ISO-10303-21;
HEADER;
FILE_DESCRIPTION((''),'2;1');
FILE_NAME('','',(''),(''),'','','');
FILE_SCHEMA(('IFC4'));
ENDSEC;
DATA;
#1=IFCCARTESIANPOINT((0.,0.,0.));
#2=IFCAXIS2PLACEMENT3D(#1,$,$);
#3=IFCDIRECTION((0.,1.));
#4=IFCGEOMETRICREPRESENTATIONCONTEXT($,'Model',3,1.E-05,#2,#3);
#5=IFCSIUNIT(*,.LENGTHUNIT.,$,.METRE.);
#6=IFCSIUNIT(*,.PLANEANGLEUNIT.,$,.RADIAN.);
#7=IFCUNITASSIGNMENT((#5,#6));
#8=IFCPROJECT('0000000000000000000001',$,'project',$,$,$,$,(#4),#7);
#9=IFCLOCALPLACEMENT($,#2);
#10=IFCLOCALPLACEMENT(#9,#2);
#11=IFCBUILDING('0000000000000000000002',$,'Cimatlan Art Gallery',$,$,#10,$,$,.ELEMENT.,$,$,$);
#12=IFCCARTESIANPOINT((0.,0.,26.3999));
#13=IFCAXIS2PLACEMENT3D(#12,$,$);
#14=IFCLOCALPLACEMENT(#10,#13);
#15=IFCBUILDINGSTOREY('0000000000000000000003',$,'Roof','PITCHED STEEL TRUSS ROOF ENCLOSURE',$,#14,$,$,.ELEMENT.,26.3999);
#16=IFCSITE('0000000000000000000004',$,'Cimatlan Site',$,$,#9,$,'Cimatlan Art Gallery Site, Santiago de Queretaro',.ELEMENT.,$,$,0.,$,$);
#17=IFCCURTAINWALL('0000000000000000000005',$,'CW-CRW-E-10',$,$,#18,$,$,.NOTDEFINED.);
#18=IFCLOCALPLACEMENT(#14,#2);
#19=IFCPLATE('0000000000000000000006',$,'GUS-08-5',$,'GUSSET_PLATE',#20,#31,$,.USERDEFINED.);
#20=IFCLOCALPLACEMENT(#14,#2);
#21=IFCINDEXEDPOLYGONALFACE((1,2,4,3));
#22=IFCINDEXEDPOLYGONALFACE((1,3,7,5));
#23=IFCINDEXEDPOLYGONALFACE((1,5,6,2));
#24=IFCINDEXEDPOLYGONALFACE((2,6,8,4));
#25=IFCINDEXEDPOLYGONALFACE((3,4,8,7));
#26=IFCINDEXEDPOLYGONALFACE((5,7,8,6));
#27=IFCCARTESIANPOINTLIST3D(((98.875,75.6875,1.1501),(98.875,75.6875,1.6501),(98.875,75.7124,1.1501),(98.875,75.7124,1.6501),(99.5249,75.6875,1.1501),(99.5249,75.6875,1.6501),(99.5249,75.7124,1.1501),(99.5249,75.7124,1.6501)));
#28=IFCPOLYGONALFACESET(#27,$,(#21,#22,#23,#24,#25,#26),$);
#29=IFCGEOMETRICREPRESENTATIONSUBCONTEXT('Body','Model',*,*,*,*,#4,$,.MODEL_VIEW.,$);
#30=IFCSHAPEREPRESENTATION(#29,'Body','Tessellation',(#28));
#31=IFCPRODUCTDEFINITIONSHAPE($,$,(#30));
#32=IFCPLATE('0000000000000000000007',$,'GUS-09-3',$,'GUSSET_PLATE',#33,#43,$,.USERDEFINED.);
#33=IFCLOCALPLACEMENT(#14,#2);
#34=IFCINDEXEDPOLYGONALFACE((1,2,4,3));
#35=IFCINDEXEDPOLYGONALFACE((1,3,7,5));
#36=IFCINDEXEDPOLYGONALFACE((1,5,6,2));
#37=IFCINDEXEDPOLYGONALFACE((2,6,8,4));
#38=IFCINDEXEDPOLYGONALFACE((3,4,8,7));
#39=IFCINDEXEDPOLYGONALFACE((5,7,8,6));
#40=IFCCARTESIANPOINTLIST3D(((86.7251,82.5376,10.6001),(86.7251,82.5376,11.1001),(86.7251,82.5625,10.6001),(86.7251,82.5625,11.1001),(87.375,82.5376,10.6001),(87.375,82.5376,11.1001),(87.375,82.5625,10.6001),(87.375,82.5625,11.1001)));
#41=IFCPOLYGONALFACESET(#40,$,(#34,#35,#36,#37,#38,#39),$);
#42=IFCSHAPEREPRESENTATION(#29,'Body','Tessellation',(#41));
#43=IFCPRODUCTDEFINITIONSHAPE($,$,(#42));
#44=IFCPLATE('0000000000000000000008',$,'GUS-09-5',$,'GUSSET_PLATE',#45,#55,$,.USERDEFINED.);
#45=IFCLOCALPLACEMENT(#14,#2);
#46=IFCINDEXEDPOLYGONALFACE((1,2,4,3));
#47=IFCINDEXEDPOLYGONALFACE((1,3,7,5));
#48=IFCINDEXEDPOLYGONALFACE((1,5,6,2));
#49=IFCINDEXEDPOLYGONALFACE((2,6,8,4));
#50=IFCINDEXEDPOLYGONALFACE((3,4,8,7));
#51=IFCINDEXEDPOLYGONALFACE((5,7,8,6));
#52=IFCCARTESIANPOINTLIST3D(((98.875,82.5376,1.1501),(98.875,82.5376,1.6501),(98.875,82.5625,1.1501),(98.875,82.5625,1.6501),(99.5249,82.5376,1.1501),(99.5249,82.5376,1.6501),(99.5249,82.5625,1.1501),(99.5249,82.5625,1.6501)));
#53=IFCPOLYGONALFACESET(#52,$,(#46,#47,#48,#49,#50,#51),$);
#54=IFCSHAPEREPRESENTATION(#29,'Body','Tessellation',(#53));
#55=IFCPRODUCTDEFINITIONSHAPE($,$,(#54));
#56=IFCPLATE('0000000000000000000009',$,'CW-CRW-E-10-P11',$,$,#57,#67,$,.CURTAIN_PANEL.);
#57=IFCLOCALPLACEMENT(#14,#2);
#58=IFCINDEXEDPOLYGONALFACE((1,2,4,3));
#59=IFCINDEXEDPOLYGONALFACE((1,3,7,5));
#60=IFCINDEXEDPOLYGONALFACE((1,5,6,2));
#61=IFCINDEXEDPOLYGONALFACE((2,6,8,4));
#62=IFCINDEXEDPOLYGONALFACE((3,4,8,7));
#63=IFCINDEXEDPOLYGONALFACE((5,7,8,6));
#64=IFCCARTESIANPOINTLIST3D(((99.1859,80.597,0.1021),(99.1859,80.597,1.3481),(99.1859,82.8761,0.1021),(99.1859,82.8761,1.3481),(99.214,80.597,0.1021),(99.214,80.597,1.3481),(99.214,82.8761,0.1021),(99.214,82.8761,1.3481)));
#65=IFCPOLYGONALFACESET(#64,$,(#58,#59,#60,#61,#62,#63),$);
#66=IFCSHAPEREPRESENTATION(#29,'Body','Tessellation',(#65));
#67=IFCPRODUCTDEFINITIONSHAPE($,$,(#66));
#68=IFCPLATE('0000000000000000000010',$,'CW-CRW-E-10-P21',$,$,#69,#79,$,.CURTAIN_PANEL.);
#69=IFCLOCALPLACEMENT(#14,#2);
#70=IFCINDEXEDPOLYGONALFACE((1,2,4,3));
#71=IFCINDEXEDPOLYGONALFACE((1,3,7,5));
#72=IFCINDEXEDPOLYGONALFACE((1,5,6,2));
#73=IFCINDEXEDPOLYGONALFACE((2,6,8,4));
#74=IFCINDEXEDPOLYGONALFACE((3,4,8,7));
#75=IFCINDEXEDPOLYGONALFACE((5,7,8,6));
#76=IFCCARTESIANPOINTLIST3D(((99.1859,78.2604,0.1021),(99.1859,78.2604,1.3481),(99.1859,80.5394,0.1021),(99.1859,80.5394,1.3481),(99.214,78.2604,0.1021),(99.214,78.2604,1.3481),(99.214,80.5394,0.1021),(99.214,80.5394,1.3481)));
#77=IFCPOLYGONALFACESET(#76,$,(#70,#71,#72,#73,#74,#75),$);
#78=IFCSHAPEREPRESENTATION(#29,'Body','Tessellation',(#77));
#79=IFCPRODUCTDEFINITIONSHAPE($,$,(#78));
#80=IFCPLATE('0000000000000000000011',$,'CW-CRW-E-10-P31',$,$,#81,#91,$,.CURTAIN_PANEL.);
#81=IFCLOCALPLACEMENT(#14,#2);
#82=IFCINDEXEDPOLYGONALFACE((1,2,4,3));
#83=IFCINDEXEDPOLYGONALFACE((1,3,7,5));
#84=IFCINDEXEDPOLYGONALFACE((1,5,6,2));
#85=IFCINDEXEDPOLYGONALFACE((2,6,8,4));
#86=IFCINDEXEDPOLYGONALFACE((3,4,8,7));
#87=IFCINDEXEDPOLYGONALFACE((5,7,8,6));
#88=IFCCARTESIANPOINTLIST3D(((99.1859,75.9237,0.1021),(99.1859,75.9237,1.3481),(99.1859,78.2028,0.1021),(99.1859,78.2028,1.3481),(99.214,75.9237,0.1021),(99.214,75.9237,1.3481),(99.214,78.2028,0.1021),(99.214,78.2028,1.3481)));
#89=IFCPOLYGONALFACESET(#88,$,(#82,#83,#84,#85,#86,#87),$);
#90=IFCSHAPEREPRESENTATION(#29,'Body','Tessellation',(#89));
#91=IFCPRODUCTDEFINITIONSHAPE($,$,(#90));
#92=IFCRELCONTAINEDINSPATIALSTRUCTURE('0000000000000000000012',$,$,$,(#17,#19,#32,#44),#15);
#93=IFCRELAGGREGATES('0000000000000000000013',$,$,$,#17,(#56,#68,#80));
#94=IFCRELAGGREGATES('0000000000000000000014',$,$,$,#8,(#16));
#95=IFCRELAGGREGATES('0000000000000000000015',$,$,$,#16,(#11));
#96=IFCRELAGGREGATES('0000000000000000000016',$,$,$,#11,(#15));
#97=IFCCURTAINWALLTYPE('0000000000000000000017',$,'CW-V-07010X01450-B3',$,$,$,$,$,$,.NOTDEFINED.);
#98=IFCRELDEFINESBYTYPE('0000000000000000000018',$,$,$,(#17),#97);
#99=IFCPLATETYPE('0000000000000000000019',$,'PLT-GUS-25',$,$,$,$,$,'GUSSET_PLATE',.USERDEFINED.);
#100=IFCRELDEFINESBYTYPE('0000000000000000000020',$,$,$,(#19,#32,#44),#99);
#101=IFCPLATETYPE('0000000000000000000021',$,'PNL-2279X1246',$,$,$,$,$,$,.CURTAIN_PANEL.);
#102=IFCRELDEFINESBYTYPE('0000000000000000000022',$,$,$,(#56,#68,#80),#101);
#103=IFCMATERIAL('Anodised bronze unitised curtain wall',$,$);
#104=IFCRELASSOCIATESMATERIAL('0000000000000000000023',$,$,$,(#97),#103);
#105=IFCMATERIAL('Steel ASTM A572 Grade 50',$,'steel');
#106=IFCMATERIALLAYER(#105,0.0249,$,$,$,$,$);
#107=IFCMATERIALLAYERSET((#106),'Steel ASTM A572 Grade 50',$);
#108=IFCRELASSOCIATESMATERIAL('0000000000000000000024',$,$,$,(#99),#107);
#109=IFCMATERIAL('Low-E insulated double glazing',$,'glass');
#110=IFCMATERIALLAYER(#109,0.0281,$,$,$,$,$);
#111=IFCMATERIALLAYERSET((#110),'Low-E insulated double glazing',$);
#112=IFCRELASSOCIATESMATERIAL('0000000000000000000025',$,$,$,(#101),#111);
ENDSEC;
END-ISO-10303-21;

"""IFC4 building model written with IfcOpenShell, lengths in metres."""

from ifc_helpers import new_model, si_unit, direction, frame, origin, origin_2d, place, context, subcontext, project, spatial, rectangle, extrude, material, layer, layer_set, type_object, element, aggregate, save


model = new_model("IFC4")

# Units and contexts
model_context = context("Model", 3, precision=1e-05, world=origin(), true_north=direction((0.0, 1.0)))
body_context = subcontext(model_context, "Body", "Model", "MODEL_VIEW")
ifc_project = project(units=[si_unit("LENGTHUNIT", "METRE"), si_unit("PLANEANGLEUNIT", "RADIAN")], contexts=[model_context])

# Site, building, storey
site_placement = place(None, origin())
site = spatial("IfcSite", under=ifc_project, at=site_placement, Name="Cimatlan Site", LongName="Cimatlan Art Gallery Site, Santiago de Queretaro", CompositionType="ELEMENT", RefElevation=0.0)
building_placement = place(site_placement, origin())
building = spatial("IfcBuilding", under=site, at=building_placement, Name="Cimatlan Art Gallery", CompositionType="ELEMENT")
storey_placement = place(building_placement, frame((0.0, 0.0, 26.3999)))
storey = spatial("IfcBuildingStorey", under=building, at=storey_placement, Name="Roof", Description="PITCHED STEEL TRUSS ROOF ENCLOSURE", CompositionType="ELEMENT", Elevation=26.3999)

# Curtain wall
ifc_material_1 = material(Name="Anodised bronze unitised curtain wall")
curtain_wall_type = type_object("IfcCurtainWallType", Name="CW-V-07010X01450-B3", PredefinedType="NOTDEFINED", material=ifc_material_1)
curtain_wall_placement = place(storey_placement, origin())
curtain_wall = element("IfcCurtainWall", 1, at=curtain_wall_placement, inside=storey, type_object=curtain_wall_type, Name="CW-CRW-E-10", PredefinedType="NOTDEFINED")

# Plates
ifc_material_2 = material(Name="Steel ASTM A572 Grade 50", Category="steel")
ifc_layer_1 = layer(ifc_material_2, 0.0249)
ifc_layer_set_1 = layer_set([ifc_layer_1], Name="Steel ASTM A572 Grade 50")
plate_type_1 = type_object("IfcPlateType", Name="PLT-GUS-25", ElementType="GUSSET_PLATE", PredefinedType="USERDEFINED", material=ifc_layer_set_1)
for number, where, z_axis, x_axis, name in (
    (2, (99.2, 75.7, 1.1501), (0.0, 0.0, 1.0), (1.0, 0.0, 0.0), "GUS-08-5"),
    (3, (87.05, 82.55, 10.6001), (0.0, 0.0, 1.0), (1.0, 0.0, 0.0), "GUS-09-3"),
    (4, (99.2, 82.55, 1.1501), (0.0, 0.0, 1.0), (1.0, 0.0, 0.0), "GUS-09-5"),
):
    element("IfcPlate", number, at=place(storey_placement, frame(where, z_axis=z_axis, x_axis=x_axis)), inside=storey, type_object=plate_type_1, Name=name, ObjectType="GUSSET_PLATE", PredefinedType="USERDEFINED", context=body_context, shape_type="SweptSolid", body=[
        extrude(rectangle(XDim=0.6499, YDim=0.0249, at=origin_2d()), origin(), (0.0, 0.0, 1.0), 0.5),
    ])

# Plates
ifc_material_3 = material(Name="Low-E insulated double glazing", Category="glass")
ifc_layer_2 = layer(ifc_material_3, 0.0281)
ifc_layer_set_2 = layer_set([ifc_layer_2], Name="Low-E insulated double glazing")
plate_type_2 = type_object("IfcPlateType", Name="PNL-2279X1246", PredefinedType="CURTAIN_PANEL", material=ifc_layer_set_2)
plate_1_placement = place(storey_placement, frame((99.2, 81.7366, 0.1021), z_axis=(0.0, 0.0, 1.0), x_axis=(0.0, -1.0, 0.0)))
plate_1 = element("IfcPlate", 5, at=plate_1_placement, type_object=plate_type_2, Name="CW-CRW-E-10-P11", PredefinedType="CURTAIN_PANEL", context=body_context, shape_type="SweptSolid", body=[
    extrude(rectangle(XDim=2.2791, YDim=0.0281, at=origin_2d()), origin(), (0.0, 0.0, 1.0), 1.2461),
])
plate_2_placement = place(storey_placement, frame((99.2, 79.3999, 0.1021), z_axis=(0.0, 0.0, 1.0), x_axis=(0.0, -1.0, 0.0)))
plate_2 = element("IfcPlate", 6, at=plate_2_placement, type_object=plate_type_2, Name="CW-CRW-E-10-P21", PredefinedType="CURTAIN_PANEL", context=body_context, shape_type="SweptSolid", body=[
    extrude(rectangle(XDim=2.2791, YDim=0.0281, at=origin_2d()), origin(), (0.0, 0.0, 1.0), 1.2461),
])
plate_3_placement = place(storey_placement, frame((99.2, 77.0632, 0.1021), z_axis=(0.0, 0.0, 1.0), x_axis=(0.0, -1.0, 0.0)))
plate_3 = element("IfcPlate", 7, at=plate_3_placement, type_object=plate_type_2, Name="CW-CRW-E-10-P31", PredefinedType="CURTAIN_PANEL", context=body_context, shape_type="SweptSolid", body=[
    extrude(rectangle(XDim=2.2791, YDim=0.0281, at=origin_2d()), origin(), (0.0, 0.0, 1.0), 1.2461),
])
aggregate(curtain_wall, [plate_1, plate_2, plate_3])

save(model, "model.ifc")
